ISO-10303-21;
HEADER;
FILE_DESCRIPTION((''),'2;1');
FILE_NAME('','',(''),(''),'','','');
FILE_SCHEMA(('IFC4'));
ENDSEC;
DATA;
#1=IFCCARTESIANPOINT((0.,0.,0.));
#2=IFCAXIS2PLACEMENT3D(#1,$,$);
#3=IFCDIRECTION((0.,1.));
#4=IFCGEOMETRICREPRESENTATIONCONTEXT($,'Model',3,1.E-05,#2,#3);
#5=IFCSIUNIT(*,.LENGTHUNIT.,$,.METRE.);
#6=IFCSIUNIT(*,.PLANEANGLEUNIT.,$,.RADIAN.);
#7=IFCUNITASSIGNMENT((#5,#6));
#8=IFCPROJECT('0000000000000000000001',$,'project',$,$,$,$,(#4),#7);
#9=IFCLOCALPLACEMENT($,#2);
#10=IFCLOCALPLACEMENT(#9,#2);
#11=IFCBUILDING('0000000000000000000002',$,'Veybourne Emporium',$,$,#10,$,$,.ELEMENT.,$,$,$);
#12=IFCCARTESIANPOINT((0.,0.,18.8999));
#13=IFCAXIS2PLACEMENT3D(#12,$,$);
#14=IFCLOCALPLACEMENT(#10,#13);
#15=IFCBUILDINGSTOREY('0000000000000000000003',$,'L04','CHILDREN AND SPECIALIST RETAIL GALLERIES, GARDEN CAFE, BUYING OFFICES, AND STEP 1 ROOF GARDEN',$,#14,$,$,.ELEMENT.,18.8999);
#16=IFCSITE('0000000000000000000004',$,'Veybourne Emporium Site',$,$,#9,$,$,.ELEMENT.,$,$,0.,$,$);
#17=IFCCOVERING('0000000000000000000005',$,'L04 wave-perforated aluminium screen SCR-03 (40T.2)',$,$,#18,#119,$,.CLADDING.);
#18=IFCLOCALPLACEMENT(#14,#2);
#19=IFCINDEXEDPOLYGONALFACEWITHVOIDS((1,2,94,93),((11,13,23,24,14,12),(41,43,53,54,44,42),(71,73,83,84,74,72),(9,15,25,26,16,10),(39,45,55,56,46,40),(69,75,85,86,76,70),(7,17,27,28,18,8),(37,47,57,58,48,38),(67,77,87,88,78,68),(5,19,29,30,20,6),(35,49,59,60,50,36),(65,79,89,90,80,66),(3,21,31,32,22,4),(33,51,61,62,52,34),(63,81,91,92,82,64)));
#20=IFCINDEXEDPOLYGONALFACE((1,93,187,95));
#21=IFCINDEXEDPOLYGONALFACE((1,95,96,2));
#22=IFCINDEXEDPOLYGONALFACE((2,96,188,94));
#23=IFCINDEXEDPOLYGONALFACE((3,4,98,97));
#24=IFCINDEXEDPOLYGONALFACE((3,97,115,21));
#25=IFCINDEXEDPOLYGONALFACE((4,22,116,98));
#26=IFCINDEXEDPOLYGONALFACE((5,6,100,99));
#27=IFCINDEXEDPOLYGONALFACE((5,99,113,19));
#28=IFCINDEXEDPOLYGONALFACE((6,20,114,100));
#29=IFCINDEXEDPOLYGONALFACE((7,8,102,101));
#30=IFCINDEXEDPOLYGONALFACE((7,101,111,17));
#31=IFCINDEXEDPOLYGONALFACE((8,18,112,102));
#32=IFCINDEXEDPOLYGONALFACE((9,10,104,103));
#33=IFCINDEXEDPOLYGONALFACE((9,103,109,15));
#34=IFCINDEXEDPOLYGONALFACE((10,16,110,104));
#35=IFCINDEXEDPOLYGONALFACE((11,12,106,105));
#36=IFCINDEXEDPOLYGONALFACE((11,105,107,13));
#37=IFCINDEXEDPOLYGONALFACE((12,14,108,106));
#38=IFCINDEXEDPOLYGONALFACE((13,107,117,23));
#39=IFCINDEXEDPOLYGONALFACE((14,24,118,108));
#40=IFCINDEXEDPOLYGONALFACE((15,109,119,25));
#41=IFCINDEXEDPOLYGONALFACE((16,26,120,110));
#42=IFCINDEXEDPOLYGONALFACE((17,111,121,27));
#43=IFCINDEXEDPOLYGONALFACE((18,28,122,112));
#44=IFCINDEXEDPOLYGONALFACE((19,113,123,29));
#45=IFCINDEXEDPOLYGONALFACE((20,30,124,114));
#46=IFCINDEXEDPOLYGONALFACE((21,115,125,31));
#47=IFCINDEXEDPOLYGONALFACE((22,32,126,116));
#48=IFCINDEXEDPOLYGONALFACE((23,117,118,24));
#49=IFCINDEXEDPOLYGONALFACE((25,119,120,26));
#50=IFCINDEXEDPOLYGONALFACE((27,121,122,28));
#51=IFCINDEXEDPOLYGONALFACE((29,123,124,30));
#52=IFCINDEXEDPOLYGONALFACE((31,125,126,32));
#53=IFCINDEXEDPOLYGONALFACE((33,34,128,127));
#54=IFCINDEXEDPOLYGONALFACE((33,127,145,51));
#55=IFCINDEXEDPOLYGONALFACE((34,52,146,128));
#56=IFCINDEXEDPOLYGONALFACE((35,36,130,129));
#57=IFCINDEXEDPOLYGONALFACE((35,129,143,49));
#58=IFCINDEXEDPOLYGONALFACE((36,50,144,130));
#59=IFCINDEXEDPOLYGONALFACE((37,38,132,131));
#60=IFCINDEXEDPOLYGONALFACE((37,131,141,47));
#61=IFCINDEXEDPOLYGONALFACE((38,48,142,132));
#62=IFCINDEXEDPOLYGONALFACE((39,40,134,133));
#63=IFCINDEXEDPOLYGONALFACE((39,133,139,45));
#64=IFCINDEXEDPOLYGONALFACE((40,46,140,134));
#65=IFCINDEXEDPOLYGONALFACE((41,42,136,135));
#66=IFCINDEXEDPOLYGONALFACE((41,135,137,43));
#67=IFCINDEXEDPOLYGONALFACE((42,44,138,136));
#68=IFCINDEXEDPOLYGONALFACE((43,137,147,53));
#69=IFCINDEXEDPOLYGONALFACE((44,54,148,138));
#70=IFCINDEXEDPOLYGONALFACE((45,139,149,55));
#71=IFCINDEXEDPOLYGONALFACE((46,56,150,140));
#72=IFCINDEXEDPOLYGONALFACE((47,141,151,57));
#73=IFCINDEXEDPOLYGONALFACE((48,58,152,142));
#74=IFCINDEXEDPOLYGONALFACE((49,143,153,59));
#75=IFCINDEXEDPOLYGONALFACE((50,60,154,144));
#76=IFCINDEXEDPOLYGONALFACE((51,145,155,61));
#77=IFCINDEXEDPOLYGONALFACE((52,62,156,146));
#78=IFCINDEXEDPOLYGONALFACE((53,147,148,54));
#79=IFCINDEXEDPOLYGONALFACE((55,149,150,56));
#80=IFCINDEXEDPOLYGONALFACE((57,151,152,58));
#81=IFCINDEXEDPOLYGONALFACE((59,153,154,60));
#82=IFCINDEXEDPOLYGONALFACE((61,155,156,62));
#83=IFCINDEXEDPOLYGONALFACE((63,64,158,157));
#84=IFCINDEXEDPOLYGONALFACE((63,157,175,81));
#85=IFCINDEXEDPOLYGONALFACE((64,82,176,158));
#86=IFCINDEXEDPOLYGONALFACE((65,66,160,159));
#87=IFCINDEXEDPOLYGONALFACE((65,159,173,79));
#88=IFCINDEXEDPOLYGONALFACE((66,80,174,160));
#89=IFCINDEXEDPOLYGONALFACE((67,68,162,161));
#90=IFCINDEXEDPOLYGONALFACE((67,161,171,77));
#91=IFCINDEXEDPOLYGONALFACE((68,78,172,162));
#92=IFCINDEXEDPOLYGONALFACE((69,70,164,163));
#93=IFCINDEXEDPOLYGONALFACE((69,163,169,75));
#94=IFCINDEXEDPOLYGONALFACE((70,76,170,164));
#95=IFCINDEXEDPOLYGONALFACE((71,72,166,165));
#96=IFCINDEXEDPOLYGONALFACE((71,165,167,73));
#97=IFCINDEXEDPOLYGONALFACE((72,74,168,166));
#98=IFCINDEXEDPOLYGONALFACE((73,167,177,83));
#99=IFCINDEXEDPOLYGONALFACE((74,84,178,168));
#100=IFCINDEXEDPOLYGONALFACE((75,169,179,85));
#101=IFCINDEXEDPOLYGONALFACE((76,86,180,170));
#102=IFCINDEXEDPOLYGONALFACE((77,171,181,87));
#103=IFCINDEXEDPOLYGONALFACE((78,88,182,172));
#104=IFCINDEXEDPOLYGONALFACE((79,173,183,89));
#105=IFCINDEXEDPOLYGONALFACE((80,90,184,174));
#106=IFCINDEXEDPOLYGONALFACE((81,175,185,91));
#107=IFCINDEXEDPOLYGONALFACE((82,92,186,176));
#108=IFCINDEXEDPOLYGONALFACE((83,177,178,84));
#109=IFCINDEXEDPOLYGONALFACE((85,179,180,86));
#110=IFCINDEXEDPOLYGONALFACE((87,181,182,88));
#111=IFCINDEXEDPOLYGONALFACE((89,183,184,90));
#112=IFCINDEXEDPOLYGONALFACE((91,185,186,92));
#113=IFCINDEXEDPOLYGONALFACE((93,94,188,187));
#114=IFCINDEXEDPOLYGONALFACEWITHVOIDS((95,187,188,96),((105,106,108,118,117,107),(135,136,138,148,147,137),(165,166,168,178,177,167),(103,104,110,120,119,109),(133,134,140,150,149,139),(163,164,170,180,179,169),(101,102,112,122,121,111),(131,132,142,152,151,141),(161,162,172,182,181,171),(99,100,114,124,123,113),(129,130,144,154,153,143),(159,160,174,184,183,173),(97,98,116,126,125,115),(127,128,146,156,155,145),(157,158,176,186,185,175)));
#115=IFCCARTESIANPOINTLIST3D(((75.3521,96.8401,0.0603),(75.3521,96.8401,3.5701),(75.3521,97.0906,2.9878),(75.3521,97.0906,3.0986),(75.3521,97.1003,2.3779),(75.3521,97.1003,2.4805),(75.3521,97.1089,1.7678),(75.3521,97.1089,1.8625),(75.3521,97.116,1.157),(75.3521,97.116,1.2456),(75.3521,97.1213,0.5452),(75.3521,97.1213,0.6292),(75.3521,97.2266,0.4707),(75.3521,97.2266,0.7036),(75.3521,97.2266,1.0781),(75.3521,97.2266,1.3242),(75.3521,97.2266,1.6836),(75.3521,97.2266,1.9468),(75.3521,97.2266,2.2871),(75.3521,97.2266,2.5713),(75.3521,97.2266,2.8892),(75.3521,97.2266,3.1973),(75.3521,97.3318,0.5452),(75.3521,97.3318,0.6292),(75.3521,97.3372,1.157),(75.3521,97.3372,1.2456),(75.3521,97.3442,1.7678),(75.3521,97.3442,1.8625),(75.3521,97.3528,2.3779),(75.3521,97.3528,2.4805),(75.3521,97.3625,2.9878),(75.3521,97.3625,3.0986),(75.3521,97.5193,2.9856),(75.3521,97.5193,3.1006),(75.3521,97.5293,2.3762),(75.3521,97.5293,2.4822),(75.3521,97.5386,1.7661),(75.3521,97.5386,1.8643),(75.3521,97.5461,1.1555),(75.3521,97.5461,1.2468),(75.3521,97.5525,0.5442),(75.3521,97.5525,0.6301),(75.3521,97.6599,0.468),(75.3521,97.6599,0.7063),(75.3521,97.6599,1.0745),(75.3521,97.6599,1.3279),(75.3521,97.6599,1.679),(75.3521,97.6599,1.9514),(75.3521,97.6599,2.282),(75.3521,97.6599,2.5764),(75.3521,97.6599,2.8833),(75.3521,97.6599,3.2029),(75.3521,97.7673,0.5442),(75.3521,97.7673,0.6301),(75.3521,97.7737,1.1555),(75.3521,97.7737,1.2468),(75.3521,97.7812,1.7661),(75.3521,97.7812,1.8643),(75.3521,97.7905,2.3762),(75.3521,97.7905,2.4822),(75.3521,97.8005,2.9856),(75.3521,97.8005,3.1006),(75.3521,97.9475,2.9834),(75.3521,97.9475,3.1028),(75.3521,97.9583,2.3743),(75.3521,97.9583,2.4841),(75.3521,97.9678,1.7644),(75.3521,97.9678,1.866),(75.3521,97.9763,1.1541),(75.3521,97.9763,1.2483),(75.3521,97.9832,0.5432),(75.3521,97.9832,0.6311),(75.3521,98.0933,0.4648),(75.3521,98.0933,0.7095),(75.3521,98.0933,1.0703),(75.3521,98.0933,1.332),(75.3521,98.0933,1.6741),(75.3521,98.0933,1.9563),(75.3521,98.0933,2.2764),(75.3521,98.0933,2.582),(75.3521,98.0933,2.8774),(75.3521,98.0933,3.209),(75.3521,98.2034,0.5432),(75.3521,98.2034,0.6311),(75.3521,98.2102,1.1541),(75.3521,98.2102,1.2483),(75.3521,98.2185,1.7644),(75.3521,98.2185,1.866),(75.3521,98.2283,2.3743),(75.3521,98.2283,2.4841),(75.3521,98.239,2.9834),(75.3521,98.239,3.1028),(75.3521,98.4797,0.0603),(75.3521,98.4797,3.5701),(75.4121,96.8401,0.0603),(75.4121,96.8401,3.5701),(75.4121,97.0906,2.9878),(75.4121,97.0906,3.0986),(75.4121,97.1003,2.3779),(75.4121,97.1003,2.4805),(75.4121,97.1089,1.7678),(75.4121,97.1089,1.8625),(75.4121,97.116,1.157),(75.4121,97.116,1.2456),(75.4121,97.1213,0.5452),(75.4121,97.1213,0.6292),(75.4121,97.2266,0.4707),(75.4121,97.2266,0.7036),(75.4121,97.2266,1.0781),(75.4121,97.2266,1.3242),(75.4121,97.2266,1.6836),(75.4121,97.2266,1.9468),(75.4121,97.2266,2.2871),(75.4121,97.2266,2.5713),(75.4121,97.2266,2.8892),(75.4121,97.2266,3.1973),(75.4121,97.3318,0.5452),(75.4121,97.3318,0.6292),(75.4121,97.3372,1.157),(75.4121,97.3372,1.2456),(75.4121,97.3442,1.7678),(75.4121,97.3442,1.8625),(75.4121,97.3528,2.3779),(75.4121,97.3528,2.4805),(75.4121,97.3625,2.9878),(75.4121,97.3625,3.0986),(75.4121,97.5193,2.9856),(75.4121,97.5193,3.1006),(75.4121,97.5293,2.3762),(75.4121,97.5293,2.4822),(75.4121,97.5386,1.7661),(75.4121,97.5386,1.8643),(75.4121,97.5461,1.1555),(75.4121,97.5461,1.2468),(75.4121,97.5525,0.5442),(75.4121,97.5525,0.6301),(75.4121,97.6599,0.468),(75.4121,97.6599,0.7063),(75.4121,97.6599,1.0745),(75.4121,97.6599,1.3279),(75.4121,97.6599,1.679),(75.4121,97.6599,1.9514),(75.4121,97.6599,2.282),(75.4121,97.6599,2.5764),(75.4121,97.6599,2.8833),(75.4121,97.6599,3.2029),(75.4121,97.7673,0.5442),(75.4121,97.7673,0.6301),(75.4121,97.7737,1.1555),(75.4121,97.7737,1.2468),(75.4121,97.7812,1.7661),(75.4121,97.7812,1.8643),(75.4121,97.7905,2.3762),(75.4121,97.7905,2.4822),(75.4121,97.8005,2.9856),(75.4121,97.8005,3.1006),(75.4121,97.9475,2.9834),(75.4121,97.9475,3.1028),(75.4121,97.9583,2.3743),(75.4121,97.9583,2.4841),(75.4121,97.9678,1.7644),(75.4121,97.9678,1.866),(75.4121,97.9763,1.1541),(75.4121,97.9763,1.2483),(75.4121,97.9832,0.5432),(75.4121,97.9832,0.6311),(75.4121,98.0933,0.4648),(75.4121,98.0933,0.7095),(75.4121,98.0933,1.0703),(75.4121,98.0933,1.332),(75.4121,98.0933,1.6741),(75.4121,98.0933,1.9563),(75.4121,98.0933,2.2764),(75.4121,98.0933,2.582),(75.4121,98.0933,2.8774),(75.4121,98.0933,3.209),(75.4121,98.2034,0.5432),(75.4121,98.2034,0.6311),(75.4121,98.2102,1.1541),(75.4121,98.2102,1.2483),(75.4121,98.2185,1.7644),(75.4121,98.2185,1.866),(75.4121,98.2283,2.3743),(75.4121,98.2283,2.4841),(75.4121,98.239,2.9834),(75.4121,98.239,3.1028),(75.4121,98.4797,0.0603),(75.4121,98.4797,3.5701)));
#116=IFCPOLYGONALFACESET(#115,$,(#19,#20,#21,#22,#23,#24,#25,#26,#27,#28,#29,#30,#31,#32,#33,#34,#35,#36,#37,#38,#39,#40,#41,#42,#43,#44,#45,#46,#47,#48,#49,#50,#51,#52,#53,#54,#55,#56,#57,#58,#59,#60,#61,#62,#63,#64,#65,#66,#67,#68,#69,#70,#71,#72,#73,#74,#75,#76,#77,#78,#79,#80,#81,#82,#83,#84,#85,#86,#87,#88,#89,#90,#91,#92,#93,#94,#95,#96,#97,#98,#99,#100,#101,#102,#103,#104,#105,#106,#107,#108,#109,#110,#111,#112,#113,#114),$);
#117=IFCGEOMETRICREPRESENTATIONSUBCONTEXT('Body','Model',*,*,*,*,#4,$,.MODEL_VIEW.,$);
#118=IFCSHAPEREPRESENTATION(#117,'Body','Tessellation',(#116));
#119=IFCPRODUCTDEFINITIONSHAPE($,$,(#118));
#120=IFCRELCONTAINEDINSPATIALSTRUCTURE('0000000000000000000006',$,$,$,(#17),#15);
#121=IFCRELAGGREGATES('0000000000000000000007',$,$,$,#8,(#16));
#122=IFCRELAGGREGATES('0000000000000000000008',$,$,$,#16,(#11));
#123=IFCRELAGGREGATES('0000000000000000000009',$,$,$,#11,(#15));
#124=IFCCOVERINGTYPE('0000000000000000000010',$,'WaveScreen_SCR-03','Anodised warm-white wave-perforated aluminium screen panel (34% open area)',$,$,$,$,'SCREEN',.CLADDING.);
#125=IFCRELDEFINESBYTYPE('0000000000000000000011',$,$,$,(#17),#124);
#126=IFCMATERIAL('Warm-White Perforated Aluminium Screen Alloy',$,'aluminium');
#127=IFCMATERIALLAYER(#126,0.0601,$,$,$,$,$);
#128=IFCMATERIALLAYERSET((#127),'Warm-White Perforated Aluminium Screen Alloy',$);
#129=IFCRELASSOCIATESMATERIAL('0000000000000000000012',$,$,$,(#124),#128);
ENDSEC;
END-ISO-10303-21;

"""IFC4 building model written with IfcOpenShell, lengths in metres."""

from ifc_helpers import new_model, si_unit, direction, frame, origin, place, context, subcontext, project, spatial, polyline, outline, extrude, material, layer, layer_set, type_object, element, save


model = new_model("IFC4")

# Units and contexts
model_context = context("Model", 3, precision=1e-05, world=origin(), true_north=direction((0.0, 1.0)))
body_context = subcontext(model_context, "Body", "Model", "MODEL_VIEW")
ifc_project = project(units=[si_unit("LENGTHUNIT", "METRE"), si_unit("PLANEANGLEUNIT", "RADIAN")], contexts=[model_context])

# Site, building, storey
site_placement = place(None, origin())
site = spatial("IfcSite", under=ifc_project, at=site_placement, Name="Veybourne Emporium Site", CompositionType="ELEMENT", RefElevation=0.0)
building_placement = place(site_placement, origin())
building = spatial("IfcBuilding", under=site, at=building_placement, Name="Veybourne Emporium", CompositionType="ELEMENT")
storey_placement = place(building_placement, frame((0.0, 0.0, 18.8999)))
storey = spatial("IfcBuildingStorey", under=building, at=storey_placement, Name="L04", Description="CHILDREN AND SPECIALIST RETAIL GALLERIES, GARDEN CAFE, BUYING OFFICES, AND STEP 1 ROOF GARDEN", CompositionType="ELEMENT", Elevation=18.8999)

# Covering
ifc_material_1 = material(Name="Warm-White Perforated Aluminium Screen Alloy", Category="aluminium")
ifc_layer_1 = layer(ifc_material_1, 0.0601)
ifc_layer_set_1 = layer_set([ifc_layer_1], Name="Warm-White Perforated Aluminium Screen Alloy")
covering_type_1 = type_object("IfcCoveringType", Name="WaveScreen_SCR-03", Description="Anodised warm-white wave-perforated aluminium screen panel (34% open area)", ElementType="SCREEN", PredefinedType="CLADDING", material=ifc_layer_set_1)
covering_1_placement = place(storey_placement, frame((75.3521, 97.6599, 1.8152), z_axis=(1.0, 0.0, 0.0), x_axis=(0.0, 1.0, 0.0)))
element("IfcCovering", 1, at=covering_1_placement, inside=storey, type_object=covering_type_1, Name="L04 wave-perforated aluminium screen SCR-03 (40T.2)", PredefinedType="CLADDING", context=body_context, shape_type="SweptSolid", body=[
    extrude(outline(polyline([(-0.8198, -1.7549), (0.8198, -1.7549), (0.8198, 1.7549), (-0.8198, 1.7549), (-0.8198, -1.7549)]), holes=[polyline([(-0.4333, -1.1116), (-0.3281, -1.186), (-0.3281, -1.27), (-0.4333, -1.3445), (-0.5386, -1.27), (-0.5386, -1.186), (-0.4333, -1.1116)]), polyline([(-0.4333, -0.491), (-0.3228, -0.5696), (-0.3228, -0.6582), (-0.4333, -0.7371), (-0.5439, -0.6582), (-0.5439, -0.5696), (-0.4333, -0.491)]), polyline([(-0.4333, 0.1316), (-0.3157, 0.0474), (-0.3157, -0.0474), (-0.4333, -0.1316), (-0.551, -0.0474), (-0.551, 0.0474), (-0.4333, 0.1316)]), polyline([(-0.4333, 0.7561), (-0.3071, 0.6653), (-0.3071, 0.5627), (-0.4333, 0.4719), (-0.5596, 0.5627), (-0.5596, 0.6653), (-0.4333, 0.7561)]), polyline([(-0.4333, 1.3821), (-0.2974, 1.2834), (-0.2974, 1.1726), (-0.4333, 1.074), (-0.5693, 1.1726), (-0.5693, 1.2834), (-0.4333, 1.3821)]), polyline([(0.0, -1.1089), (0.1074, -1.1851), (0.1074, -1.271), (0.0, -1.3472), (-0.1074, -1.271), (-0.1074, -1.1851), (0.0, -1.1089)]), polyline([(0.0, -0.4873), (0.1138, -0.5684), (0.1138, -0.6597), (0.0, -0.7407), (-0.1138, -0.6597), (-0.1138, -0.5684), (0.0, -0.4873)]), polyline([(0.0, 0.1362), (0.1213, 0.0491), (0.1213, -0.0491), (0.0, -0.1362), (-0.1213, -0.0491), (-0.1213, 0.0491), (0.0, 0.1362)]), polyline([(0.0, 0.7612), (0.1306, 0.667), (0.1306, 0.561), (0.0, 0.4668), (-0.1306, 0.561), (-0.1306, 0.667), (0.0, 0.7612)]), polyline([(0.0, 1.3877), (0.1406, 1.2854), (0.1406, 1.1704), (0.0, 1.0681), (-0.1406, 1.1704), (-0.1406, 1.2854), (0.0, 1.3877)]), polyline([(0.4333, -1.1057), (0.5435, -1.1841), (0.5435, -1.272), (0.4333, -1.3503), (0.3232, -1.272), (0.3232, -1.1841), (0.4333, -1.1057)]), polyline([(0.4333, -0.4832), (0.5503, -0.5669), (0.5503, -0.6611), (0.4333, -0.7449), (0.3164, -0.6611), (0.3164, -0.5669), (0.4333, -0.4832)]), polyline([(0.4333, 0.1411), (0.5586, 0.0508), (0.5586, -0.0508), (0.4333, -0.1411), (0.3079, -0.0508), (0.3079, 0.0508), (0.4333, 0.1411)]), polyline([(0.4333, 0.7668), (0.5684, 0.6689), (0.5684, 0.5591), (0.4333, 0.4612), (0.2983, 0.5591), (0.2983, 0.6689), (0.4333, 0.7668)]), polyline([(0.4333, 1.3938), (0.5791, 1.2876), (0.5791, 1.1682), (0.4333, 1.0623), (0.2876, 1.1682), (0.2876, 1.2876), (0.4333, 1.3938)])]), origin(), (0.0, 0.0, 1.0), 0.0601),
])

save(model, "model.ifc")
